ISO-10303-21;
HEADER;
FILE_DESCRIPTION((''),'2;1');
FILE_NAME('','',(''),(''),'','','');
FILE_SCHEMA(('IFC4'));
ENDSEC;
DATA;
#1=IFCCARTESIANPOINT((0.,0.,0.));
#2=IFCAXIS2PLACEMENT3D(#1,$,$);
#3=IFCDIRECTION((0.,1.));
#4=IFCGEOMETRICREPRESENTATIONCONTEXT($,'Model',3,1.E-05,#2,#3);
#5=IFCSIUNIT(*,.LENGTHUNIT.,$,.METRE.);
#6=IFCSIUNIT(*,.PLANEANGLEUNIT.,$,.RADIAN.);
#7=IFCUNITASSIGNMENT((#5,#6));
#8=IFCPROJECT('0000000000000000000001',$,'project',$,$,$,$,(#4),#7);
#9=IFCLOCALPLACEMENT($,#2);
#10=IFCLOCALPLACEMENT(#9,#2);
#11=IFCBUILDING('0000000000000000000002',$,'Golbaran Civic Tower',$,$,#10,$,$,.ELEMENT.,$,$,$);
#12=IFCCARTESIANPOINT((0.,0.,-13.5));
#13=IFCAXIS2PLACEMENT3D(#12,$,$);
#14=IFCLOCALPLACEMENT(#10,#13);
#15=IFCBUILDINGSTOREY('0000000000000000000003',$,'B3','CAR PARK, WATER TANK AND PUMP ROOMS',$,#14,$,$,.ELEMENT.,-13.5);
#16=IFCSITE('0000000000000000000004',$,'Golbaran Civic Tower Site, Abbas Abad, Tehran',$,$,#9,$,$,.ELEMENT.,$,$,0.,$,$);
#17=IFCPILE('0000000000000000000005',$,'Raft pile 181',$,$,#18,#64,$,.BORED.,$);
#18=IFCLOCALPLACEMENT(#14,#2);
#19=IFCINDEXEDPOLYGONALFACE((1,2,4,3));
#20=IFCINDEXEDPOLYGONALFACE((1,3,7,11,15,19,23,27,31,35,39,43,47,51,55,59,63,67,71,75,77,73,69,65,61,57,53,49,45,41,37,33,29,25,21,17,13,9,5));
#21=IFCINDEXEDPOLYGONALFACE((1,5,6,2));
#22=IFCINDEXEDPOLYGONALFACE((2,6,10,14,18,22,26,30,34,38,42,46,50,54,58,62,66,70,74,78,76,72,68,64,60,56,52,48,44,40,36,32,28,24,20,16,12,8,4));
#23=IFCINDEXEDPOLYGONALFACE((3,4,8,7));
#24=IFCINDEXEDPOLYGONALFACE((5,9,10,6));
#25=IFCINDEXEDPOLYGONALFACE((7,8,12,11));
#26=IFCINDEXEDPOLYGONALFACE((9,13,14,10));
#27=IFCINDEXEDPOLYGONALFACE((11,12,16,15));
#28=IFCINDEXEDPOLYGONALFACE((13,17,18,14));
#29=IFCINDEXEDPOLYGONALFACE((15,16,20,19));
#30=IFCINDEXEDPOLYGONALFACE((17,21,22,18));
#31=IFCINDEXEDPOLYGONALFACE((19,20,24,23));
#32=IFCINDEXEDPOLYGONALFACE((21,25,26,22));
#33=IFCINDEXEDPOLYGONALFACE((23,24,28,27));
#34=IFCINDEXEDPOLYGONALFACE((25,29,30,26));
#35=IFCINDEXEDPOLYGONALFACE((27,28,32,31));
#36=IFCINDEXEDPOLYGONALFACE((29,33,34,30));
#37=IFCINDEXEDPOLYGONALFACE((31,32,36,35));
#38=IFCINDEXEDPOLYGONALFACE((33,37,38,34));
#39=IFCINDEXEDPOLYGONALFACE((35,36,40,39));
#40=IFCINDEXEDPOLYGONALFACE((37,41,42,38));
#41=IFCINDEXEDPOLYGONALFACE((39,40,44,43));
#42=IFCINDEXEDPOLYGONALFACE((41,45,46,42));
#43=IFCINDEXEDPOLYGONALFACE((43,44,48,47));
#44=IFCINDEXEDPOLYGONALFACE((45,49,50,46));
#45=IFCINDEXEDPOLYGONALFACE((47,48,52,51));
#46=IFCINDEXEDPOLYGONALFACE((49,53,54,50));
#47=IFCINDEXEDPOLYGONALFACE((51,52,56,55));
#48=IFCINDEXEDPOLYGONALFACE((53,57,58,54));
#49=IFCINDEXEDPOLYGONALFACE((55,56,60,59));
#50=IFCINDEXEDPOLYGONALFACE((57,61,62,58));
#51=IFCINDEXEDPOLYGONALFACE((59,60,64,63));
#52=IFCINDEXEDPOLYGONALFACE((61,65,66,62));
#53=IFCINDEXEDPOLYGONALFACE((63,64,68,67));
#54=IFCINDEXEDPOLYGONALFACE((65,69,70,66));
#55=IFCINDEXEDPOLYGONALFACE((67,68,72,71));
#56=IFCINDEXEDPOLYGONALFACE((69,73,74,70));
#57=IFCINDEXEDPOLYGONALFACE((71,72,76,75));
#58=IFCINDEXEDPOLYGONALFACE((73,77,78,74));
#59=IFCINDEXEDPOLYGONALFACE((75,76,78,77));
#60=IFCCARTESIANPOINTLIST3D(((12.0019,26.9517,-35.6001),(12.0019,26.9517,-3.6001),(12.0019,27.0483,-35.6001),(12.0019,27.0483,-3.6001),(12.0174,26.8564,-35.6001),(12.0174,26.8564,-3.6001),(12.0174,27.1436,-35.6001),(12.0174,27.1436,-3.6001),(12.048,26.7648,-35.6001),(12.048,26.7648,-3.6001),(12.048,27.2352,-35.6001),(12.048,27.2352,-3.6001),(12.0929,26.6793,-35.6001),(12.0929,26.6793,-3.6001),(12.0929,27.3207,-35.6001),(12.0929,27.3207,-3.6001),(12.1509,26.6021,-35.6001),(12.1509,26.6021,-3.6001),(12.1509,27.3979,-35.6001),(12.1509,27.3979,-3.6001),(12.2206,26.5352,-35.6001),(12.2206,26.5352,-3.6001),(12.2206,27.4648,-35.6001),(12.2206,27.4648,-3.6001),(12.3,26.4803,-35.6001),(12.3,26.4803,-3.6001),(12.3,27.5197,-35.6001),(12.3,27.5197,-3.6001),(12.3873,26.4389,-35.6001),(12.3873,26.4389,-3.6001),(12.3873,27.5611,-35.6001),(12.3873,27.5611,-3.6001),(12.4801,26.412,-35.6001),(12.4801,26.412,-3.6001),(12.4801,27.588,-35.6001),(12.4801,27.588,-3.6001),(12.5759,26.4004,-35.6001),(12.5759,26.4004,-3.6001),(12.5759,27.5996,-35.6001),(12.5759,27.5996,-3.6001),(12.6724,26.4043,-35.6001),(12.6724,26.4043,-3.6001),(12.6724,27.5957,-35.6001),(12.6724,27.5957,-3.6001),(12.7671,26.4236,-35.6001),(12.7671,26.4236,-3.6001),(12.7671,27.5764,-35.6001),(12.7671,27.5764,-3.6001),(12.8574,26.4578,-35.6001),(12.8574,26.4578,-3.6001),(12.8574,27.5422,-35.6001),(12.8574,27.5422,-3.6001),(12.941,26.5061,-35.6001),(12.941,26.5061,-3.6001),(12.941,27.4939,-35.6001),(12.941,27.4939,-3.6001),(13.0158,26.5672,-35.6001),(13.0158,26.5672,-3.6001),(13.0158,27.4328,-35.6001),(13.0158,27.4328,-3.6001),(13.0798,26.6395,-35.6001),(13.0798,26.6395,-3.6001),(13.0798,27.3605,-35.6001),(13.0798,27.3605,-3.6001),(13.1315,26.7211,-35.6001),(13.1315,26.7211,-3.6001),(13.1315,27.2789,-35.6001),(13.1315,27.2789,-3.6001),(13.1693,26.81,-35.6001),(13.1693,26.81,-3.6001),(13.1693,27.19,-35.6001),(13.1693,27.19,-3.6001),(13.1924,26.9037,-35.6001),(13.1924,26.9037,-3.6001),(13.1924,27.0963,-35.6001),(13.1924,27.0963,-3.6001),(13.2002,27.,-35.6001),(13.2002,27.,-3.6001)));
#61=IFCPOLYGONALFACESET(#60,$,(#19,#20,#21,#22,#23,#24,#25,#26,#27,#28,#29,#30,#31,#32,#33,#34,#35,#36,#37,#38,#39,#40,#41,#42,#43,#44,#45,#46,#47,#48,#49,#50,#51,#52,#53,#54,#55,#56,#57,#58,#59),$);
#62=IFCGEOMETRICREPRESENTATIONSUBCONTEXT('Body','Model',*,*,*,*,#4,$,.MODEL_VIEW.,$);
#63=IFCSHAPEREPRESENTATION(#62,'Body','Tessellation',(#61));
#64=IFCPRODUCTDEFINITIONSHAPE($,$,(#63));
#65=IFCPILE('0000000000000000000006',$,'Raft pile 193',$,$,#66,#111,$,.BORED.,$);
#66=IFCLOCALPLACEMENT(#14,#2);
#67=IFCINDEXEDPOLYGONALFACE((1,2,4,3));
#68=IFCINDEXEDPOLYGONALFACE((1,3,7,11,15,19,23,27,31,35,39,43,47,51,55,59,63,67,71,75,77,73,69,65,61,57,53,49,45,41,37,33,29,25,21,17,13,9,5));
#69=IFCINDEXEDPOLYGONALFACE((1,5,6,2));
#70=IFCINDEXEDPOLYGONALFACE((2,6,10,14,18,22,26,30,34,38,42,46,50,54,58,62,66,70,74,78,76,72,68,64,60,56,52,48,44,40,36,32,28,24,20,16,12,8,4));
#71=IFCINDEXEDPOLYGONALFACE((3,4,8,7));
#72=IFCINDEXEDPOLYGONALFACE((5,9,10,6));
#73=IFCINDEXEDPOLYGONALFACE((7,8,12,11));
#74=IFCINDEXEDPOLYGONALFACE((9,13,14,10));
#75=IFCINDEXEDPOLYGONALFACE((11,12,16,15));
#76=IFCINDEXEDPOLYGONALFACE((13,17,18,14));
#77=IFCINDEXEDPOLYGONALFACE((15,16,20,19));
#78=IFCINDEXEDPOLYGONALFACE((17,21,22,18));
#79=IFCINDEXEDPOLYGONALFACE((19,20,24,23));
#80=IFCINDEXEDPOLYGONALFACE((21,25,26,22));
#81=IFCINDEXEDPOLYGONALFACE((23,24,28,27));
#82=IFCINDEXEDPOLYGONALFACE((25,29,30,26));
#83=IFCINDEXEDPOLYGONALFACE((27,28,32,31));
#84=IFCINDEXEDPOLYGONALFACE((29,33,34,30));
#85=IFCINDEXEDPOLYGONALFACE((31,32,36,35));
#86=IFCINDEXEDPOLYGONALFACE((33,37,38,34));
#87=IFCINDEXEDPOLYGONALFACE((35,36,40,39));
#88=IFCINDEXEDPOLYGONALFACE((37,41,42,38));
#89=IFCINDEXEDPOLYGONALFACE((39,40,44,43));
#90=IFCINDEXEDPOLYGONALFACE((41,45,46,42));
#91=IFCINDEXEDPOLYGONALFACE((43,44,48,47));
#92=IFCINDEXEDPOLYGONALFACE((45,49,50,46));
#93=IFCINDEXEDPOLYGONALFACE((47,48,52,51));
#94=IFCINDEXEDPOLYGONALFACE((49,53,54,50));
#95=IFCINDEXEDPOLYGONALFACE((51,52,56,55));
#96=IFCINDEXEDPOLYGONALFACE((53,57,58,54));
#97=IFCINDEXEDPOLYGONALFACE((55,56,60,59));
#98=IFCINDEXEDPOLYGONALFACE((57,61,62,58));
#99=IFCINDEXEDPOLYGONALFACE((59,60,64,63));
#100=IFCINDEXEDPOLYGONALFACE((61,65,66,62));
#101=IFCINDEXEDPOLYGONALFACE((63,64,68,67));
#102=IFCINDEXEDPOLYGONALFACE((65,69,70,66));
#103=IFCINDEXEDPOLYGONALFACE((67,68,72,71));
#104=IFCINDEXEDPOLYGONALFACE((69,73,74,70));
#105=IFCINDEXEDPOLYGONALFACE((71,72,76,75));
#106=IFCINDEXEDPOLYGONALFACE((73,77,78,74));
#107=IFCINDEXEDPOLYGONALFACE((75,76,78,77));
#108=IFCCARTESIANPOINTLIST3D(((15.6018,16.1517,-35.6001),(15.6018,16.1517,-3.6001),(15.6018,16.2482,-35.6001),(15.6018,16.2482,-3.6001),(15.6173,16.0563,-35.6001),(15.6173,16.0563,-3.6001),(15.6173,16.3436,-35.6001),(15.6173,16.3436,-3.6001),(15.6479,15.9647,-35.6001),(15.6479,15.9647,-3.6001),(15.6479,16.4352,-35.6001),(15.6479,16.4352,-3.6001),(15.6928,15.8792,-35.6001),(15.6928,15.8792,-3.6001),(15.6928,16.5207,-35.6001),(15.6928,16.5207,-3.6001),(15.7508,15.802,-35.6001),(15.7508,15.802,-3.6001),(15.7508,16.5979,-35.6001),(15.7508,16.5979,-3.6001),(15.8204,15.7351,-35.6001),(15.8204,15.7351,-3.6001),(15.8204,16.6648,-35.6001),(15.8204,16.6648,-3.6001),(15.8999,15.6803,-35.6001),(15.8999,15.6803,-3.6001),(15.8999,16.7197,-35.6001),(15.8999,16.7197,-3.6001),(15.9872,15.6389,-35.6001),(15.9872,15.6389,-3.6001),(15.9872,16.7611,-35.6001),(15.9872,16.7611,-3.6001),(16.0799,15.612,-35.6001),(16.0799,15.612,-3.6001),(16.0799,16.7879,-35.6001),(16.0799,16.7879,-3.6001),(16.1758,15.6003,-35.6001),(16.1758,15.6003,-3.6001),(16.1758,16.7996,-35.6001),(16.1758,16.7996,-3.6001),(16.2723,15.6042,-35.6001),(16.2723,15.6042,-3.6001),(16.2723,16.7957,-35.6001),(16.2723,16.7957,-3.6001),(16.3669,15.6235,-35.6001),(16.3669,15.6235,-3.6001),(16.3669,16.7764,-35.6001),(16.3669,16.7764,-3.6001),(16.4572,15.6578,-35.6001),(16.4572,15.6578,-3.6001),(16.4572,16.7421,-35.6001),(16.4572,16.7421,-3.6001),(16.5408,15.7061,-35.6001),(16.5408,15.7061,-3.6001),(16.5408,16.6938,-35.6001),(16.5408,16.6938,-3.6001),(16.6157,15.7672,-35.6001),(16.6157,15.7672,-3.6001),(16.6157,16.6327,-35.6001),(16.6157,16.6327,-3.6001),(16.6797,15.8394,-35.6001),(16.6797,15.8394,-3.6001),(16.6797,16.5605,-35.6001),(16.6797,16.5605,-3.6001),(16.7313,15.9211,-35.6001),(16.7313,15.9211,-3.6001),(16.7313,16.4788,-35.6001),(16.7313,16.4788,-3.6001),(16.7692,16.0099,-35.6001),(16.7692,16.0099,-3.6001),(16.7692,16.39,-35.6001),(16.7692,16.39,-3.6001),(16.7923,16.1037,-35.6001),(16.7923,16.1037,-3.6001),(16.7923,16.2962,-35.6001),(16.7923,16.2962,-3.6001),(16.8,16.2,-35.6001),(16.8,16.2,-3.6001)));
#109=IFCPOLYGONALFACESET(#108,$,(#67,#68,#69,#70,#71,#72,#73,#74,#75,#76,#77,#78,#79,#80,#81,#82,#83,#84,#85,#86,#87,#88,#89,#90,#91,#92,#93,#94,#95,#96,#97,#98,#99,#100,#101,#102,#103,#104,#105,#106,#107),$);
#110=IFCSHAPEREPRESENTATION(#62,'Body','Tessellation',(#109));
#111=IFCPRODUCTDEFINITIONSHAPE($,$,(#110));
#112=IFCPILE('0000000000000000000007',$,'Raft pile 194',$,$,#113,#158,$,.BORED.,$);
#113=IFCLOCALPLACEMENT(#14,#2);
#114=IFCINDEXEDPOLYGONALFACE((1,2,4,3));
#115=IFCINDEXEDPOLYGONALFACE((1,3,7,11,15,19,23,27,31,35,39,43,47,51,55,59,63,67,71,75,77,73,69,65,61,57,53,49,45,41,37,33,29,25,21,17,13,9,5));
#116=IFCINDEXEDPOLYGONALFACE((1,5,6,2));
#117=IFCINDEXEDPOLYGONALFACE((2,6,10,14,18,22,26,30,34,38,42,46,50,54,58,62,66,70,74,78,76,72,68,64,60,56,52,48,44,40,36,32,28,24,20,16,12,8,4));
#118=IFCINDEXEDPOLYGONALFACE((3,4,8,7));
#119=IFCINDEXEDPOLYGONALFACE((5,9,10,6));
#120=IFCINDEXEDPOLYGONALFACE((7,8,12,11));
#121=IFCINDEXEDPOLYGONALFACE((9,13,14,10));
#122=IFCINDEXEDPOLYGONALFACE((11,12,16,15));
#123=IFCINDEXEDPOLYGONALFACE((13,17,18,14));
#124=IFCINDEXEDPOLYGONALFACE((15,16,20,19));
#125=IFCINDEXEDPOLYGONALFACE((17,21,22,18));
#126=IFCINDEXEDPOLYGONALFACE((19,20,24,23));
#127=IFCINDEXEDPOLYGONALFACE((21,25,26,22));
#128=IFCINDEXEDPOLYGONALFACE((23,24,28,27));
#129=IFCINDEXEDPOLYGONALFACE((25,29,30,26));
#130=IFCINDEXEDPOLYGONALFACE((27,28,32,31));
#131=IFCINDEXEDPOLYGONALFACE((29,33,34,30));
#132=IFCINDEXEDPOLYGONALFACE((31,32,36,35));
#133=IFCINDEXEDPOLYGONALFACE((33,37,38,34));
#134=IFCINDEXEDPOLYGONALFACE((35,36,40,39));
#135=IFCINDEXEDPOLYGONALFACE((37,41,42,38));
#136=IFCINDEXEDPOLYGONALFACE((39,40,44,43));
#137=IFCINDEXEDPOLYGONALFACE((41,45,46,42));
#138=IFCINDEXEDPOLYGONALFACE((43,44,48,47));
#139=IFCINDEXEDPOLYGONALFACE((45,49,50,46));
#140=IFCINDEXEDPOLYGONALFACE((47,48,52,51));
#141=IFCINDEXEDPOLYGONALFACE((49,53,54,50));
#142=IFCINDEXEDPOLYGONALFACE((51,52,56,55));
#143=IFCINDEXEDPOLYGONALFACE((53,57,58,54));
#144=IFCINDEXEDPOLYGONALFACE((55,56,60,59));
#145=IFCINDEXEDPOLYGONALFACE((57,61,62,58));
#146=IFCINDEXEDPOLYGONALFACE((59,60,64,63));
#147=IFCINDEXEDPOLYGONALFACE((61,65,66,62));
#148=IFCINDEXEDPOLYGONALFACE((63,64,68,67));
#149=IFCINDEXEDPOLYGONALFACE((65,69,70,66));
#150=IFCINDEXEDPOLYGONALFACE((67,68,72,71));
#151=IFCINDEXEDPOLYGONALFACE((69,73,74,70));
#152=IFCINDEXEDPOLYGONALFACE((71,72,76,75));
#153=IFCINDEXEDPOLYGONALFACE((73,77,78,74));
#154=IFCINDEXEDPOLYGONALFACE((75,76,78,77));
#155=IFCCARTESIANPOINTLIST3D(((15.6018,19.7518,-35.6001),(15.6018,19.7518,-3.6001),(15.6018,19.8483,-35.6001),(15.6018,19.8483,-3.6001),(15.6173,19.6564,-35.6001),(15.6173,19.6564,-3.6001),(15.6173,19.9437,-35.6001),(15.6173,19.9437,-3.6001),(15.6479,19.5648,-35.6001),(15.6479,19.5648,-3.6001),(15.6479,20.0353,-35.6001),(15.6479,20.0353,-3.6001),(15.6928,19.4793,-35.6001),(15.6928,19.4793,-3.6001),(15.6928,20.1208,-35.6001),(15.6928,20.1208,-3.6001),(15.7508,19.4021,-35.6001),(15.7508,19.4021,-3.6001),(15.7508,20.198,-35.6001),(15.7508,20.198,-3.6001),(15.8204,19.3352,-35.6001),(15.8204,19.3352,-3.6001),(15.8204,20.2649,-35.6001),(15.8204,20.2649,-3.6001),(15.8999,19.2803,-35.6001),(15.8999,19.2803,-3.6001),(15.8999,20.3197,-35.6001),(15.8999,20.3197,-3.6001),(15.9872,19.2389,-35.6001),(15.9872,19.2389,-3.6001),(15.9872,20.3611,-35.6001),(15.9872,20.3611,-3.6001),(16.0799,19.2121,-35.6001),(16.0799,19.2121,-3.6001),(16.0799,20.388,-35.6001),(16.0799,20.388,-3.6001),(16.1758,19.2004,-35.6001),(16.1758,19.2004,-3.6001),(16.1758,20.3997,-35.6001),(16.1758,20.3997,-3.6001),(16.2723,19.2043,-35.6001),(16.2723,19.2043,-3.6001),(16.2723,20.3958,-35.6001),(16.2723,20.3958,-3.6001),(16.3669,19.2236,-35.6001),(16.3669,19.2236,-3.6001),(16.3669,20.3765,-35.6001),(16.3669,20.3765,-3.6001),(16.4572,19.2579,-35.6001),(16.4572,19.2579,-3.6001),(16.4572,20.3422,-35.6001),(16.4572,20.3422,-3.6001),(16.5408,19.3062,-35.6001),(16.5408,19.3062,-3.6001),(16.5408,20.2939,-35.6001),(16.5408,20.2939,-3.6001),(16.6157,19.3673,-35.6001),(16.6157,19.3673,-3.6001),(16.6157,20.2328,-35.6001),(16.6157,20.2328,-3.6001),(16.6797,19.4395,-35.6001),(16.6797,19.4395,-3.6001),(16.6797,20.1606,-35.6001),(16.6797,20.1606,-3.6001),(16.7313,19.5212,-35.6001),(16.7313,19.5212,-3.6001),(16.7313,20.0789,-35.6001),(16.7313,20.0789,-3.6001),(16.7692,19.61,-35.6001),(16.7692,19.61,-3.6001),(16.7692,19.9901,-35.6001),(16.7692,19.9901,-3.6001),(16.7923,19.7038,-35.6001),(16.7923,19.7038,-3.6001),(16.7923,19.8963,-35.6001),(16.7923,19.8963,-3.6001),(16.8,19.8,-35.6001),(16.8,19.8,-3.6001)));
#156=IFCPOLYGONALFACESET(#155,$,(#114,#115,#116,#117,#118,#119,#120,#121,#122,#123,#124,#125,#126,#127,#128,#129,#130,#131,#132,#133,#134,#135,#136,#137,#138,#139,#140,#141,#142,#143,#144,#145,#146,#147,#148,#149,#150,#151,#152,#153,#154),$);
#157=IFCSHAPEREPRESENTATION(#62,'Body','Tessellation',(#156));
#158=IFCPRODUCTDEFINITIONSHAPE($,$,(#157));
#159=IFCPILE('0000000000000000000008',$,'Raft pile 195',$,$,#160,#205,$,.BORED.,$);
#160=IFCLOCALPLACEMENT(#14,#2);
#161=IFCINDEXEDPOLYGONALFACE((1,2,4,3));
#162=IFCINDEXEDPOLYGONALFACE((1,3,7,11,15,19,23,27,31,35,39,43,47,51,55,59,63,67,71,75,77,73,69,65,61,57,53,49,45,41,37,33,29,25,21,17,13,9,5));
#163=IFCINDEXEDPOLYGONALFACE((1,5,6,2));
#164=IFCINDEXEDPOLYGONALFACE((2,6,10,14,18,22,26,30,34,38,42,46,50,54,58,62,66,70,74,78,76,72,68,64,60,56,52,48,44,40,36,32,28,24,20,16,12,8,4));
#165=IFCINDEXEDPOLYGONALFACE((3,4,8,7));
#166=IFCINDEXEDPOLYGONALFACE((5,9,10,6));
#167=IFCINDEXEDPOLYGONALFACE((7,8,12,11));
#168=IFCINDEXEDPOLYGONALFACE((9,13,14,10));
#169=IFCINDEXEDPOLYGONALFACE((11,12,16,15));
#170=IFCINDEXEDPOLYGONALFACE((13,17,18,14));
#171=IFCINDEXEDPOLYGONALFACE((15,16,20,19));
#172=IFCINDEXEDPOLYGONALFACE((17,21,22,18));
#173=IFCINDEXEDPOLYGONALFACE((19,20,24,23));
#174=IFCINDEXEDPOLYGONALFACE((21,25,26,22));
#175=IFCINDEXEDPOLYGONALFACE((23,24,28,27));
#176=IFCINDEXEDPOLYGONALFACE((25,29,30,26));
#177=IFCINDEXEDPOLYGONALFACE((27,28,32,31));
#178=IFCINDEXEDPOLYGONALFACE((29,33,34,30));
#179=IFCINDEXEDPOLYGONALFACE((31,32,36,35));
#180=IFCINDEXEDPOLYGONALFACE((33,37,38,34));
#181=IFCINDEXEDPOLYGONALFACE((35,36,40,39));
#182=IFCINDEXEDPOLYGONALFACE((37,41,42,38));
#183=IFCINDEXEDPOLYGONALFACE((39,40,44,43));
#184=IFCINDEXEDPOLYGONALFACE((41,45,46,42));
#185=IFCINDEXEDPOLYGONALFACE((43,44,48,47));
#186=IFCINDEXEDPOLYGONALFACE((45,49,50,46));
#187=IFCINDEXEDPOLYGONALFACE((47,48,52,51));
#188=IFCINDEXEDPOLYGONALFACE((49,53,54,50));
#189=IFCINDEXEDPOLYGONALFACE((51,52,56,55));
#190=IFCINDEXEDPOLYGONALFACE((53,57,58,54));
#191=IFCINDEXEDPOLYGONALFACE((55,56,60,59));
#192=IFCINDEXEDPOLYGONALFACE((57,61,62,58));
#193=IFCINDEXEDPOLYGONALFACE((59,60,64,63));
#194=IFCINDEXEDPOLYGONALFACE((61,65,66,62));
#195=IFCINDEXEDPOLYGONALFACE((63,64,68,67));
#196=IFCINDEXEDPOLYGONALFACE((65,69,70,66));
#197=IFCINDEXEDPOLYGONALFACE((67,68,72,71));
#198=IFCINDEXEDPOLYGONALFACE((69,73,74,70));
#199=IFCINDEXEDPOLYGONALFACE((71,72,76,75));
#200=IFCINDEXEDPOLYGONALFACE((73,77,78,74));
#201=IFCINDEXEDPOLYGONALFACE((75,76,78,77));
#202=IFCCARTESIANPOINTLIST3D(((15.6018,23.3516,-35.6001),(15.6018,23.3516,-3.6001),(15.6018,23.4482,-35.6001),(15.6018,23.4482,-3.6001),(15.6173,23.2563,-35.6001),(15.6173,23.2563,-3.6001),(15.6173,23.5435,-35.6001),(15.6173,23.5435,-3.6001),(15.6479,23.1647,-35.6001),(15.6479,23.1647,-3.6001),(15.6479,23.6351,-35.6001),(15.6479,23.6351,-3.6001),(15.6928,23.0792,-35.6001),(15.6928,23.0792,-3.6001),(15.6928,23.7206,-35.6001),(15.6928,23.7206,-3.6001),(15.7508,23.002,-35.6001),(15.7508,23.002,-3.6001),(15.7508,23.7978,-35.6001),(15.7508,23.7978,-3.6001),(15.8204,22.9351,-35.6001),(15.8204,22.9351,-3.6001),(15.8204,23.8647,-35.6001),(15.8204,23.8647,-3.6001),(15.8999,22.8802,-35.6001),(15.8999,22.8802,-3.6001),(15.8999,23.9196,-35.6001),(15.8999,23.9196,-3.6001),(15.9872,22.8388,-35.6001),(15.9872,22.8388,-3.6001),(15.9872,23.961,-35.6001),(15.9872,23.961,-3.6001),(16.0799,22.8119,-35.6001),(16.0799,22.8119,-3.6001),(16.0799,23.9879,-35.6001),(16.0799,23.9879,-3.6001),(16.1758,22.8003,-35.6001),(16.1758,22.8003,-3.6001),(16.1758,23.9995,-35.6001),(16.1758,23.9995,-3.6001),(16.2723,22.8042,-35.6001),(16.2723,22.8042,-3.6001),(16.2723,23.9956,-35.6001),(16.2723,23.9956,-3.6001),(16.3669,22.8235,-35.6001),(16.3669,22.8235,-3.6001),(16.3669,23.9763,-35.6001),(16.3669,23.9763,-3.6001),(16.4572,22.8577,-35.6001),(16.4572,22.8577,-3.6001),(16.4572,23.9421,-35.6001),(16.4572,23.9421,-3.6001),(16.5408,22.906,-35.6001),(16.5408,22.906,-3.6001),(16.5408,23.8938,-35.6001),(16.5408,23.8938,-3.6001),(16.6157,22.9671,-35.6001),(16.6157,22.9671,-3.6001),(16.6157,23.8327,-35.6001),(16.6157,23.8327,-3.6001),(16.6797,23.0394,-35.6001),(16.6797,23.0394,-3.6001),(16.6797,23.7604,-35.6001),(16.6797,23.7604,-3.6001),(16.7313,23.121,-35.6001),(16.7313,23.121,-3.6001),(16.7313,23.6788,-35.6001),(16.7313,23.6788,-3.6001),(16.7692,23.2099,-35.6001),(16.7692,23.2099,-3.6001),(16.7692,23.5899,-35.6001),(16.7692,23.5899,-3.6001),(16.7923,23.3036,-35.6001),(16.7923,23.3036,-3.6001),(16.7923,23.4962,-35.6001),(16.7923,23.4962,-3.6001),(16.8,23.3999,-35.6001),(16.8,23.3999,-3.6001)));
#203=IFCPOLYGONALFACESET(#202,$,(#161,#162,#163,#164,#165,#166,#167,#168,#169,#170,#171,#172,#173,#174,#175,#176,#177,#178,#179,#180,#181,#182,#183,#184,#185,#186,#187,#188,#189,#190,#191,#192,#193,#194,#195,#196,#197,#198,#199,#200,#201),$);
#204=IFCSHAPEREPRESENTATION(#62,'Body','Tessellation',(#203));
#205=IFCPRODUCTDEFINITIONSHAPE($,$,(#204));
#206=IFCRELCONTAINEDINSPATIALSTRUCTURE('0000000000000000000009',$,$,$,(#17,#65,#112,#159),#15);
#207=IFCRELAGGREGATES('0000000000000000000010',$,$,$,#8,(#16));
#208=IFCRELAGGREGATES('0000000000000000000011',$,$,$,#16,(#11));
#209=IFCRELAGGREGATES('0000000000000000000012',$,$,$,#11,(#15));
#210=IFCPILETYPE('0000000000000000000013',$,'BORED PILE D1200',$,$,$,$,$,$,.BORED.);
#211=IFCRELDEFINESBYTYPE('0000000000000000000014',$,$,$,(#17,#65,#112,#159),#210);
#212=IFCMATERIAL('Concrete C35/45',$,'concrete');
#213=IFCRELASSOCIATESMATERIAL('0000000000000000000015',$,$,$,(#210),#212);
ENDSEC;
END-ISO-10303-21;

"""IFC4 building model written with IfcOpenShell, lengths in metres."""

from ifc_helpers import new_model, si_unit, direction, frame, origin, origin_2d, place, context, subcontext, project, spatial, circle, extrude, material, material_profile, profile_set, type_object, element, save


model = new_model("IFC4")

# Units and contexts
model_context = context("Model", 3, precision=1e-05, world=origin(), true_north=direction((0.0, 1.0)))
body_context = subcontext(model_context, "Body", "Model", "MODEL_VIEW")
ifc_project = project(units=[si_unit("LENGTHUNIT", "METRE"), si_unit("PLANEANGLEUNIT", "RADIAN")], contexts=[model_context])

# Site, building, storey
site_placement = place(None, origin())
site = spatial("IfcSite", under=ifc_project, at=site_placement, Name="Golbaran Civic Tower Site, Abbas Abad, Tehran", CompositionType="ELEMENT", RefElevation=0.0)
building_placement = place(site_placement, origin())
building = spatial("IfcBuilding", under=site, at=building_placement, Name="Golbaran Civic Tower", CompositionType="ELEMENT")
storey_placement = place(building_placement, frame((0.0, 0.0, -13.5)))
storey = spatial("IfcBuildingStorey", under=building, at=storey_placement, Name="B3", Description="CAR PARK, WATER TANK AND PUMP ROOMS", CompositionType="ELEMENT", Elevation=-13.5)

# Piles
ifc_material_1 = material(Name="Concrete C35/45", Category="concrete")
ifc_material_profile_1 = material_profile(ifc_material_1, circle(Radius=0.6001, at=origin_2d()), Name="BORED PILE D1200")
ifc_profile_set_1 = profile_set([ifc_material_profile_1], Name="Concrete C35/45")
pile_type_1 = type_object("IfcPileType", Name="BORED PILE D1200", PredefinedType="BORED", material=ifc_profile_set_1)
for number, where, z_axis, x_axis, name in (
    (1, (12.6001, 27.0, -3.6001), (0.0, 0.0, -1.0), (1.0, 0.0, 0.0), "Raft pile 181"),
    (2, (16.2, 16.2, -3.6001), (0.0, 0.0, -1.0), (1.0, 0.0, 0.0), "Raft pile 193"),
    (3, (16.2, 19.8, -3.6001), (0.0, 0.0, -1.0), (1.0, 0.0, 0.0), "Raft pile 194"),
    (4, (16.2, 23.3999, -3.6001), (0.0, 0.0, -1.0), (1.0, 0.0, 0.0), "Raft pile 195"),
):
    element("IfcPile", number, at=place(storey_placement, frame(where, z_axis=z_axis, x_axis=x_axis)), inside=storey, type_object=pile_type_1, Name=name, PredefinedType="BORED", context=body_context, shape_type="SweptSolid", body=[
        extrude(circle(Radius=0.6001, at=origin_2d()), origin(), (0.0, 0.0, 1.0), 32.0),
    ])

save(model, "model.ifc")
